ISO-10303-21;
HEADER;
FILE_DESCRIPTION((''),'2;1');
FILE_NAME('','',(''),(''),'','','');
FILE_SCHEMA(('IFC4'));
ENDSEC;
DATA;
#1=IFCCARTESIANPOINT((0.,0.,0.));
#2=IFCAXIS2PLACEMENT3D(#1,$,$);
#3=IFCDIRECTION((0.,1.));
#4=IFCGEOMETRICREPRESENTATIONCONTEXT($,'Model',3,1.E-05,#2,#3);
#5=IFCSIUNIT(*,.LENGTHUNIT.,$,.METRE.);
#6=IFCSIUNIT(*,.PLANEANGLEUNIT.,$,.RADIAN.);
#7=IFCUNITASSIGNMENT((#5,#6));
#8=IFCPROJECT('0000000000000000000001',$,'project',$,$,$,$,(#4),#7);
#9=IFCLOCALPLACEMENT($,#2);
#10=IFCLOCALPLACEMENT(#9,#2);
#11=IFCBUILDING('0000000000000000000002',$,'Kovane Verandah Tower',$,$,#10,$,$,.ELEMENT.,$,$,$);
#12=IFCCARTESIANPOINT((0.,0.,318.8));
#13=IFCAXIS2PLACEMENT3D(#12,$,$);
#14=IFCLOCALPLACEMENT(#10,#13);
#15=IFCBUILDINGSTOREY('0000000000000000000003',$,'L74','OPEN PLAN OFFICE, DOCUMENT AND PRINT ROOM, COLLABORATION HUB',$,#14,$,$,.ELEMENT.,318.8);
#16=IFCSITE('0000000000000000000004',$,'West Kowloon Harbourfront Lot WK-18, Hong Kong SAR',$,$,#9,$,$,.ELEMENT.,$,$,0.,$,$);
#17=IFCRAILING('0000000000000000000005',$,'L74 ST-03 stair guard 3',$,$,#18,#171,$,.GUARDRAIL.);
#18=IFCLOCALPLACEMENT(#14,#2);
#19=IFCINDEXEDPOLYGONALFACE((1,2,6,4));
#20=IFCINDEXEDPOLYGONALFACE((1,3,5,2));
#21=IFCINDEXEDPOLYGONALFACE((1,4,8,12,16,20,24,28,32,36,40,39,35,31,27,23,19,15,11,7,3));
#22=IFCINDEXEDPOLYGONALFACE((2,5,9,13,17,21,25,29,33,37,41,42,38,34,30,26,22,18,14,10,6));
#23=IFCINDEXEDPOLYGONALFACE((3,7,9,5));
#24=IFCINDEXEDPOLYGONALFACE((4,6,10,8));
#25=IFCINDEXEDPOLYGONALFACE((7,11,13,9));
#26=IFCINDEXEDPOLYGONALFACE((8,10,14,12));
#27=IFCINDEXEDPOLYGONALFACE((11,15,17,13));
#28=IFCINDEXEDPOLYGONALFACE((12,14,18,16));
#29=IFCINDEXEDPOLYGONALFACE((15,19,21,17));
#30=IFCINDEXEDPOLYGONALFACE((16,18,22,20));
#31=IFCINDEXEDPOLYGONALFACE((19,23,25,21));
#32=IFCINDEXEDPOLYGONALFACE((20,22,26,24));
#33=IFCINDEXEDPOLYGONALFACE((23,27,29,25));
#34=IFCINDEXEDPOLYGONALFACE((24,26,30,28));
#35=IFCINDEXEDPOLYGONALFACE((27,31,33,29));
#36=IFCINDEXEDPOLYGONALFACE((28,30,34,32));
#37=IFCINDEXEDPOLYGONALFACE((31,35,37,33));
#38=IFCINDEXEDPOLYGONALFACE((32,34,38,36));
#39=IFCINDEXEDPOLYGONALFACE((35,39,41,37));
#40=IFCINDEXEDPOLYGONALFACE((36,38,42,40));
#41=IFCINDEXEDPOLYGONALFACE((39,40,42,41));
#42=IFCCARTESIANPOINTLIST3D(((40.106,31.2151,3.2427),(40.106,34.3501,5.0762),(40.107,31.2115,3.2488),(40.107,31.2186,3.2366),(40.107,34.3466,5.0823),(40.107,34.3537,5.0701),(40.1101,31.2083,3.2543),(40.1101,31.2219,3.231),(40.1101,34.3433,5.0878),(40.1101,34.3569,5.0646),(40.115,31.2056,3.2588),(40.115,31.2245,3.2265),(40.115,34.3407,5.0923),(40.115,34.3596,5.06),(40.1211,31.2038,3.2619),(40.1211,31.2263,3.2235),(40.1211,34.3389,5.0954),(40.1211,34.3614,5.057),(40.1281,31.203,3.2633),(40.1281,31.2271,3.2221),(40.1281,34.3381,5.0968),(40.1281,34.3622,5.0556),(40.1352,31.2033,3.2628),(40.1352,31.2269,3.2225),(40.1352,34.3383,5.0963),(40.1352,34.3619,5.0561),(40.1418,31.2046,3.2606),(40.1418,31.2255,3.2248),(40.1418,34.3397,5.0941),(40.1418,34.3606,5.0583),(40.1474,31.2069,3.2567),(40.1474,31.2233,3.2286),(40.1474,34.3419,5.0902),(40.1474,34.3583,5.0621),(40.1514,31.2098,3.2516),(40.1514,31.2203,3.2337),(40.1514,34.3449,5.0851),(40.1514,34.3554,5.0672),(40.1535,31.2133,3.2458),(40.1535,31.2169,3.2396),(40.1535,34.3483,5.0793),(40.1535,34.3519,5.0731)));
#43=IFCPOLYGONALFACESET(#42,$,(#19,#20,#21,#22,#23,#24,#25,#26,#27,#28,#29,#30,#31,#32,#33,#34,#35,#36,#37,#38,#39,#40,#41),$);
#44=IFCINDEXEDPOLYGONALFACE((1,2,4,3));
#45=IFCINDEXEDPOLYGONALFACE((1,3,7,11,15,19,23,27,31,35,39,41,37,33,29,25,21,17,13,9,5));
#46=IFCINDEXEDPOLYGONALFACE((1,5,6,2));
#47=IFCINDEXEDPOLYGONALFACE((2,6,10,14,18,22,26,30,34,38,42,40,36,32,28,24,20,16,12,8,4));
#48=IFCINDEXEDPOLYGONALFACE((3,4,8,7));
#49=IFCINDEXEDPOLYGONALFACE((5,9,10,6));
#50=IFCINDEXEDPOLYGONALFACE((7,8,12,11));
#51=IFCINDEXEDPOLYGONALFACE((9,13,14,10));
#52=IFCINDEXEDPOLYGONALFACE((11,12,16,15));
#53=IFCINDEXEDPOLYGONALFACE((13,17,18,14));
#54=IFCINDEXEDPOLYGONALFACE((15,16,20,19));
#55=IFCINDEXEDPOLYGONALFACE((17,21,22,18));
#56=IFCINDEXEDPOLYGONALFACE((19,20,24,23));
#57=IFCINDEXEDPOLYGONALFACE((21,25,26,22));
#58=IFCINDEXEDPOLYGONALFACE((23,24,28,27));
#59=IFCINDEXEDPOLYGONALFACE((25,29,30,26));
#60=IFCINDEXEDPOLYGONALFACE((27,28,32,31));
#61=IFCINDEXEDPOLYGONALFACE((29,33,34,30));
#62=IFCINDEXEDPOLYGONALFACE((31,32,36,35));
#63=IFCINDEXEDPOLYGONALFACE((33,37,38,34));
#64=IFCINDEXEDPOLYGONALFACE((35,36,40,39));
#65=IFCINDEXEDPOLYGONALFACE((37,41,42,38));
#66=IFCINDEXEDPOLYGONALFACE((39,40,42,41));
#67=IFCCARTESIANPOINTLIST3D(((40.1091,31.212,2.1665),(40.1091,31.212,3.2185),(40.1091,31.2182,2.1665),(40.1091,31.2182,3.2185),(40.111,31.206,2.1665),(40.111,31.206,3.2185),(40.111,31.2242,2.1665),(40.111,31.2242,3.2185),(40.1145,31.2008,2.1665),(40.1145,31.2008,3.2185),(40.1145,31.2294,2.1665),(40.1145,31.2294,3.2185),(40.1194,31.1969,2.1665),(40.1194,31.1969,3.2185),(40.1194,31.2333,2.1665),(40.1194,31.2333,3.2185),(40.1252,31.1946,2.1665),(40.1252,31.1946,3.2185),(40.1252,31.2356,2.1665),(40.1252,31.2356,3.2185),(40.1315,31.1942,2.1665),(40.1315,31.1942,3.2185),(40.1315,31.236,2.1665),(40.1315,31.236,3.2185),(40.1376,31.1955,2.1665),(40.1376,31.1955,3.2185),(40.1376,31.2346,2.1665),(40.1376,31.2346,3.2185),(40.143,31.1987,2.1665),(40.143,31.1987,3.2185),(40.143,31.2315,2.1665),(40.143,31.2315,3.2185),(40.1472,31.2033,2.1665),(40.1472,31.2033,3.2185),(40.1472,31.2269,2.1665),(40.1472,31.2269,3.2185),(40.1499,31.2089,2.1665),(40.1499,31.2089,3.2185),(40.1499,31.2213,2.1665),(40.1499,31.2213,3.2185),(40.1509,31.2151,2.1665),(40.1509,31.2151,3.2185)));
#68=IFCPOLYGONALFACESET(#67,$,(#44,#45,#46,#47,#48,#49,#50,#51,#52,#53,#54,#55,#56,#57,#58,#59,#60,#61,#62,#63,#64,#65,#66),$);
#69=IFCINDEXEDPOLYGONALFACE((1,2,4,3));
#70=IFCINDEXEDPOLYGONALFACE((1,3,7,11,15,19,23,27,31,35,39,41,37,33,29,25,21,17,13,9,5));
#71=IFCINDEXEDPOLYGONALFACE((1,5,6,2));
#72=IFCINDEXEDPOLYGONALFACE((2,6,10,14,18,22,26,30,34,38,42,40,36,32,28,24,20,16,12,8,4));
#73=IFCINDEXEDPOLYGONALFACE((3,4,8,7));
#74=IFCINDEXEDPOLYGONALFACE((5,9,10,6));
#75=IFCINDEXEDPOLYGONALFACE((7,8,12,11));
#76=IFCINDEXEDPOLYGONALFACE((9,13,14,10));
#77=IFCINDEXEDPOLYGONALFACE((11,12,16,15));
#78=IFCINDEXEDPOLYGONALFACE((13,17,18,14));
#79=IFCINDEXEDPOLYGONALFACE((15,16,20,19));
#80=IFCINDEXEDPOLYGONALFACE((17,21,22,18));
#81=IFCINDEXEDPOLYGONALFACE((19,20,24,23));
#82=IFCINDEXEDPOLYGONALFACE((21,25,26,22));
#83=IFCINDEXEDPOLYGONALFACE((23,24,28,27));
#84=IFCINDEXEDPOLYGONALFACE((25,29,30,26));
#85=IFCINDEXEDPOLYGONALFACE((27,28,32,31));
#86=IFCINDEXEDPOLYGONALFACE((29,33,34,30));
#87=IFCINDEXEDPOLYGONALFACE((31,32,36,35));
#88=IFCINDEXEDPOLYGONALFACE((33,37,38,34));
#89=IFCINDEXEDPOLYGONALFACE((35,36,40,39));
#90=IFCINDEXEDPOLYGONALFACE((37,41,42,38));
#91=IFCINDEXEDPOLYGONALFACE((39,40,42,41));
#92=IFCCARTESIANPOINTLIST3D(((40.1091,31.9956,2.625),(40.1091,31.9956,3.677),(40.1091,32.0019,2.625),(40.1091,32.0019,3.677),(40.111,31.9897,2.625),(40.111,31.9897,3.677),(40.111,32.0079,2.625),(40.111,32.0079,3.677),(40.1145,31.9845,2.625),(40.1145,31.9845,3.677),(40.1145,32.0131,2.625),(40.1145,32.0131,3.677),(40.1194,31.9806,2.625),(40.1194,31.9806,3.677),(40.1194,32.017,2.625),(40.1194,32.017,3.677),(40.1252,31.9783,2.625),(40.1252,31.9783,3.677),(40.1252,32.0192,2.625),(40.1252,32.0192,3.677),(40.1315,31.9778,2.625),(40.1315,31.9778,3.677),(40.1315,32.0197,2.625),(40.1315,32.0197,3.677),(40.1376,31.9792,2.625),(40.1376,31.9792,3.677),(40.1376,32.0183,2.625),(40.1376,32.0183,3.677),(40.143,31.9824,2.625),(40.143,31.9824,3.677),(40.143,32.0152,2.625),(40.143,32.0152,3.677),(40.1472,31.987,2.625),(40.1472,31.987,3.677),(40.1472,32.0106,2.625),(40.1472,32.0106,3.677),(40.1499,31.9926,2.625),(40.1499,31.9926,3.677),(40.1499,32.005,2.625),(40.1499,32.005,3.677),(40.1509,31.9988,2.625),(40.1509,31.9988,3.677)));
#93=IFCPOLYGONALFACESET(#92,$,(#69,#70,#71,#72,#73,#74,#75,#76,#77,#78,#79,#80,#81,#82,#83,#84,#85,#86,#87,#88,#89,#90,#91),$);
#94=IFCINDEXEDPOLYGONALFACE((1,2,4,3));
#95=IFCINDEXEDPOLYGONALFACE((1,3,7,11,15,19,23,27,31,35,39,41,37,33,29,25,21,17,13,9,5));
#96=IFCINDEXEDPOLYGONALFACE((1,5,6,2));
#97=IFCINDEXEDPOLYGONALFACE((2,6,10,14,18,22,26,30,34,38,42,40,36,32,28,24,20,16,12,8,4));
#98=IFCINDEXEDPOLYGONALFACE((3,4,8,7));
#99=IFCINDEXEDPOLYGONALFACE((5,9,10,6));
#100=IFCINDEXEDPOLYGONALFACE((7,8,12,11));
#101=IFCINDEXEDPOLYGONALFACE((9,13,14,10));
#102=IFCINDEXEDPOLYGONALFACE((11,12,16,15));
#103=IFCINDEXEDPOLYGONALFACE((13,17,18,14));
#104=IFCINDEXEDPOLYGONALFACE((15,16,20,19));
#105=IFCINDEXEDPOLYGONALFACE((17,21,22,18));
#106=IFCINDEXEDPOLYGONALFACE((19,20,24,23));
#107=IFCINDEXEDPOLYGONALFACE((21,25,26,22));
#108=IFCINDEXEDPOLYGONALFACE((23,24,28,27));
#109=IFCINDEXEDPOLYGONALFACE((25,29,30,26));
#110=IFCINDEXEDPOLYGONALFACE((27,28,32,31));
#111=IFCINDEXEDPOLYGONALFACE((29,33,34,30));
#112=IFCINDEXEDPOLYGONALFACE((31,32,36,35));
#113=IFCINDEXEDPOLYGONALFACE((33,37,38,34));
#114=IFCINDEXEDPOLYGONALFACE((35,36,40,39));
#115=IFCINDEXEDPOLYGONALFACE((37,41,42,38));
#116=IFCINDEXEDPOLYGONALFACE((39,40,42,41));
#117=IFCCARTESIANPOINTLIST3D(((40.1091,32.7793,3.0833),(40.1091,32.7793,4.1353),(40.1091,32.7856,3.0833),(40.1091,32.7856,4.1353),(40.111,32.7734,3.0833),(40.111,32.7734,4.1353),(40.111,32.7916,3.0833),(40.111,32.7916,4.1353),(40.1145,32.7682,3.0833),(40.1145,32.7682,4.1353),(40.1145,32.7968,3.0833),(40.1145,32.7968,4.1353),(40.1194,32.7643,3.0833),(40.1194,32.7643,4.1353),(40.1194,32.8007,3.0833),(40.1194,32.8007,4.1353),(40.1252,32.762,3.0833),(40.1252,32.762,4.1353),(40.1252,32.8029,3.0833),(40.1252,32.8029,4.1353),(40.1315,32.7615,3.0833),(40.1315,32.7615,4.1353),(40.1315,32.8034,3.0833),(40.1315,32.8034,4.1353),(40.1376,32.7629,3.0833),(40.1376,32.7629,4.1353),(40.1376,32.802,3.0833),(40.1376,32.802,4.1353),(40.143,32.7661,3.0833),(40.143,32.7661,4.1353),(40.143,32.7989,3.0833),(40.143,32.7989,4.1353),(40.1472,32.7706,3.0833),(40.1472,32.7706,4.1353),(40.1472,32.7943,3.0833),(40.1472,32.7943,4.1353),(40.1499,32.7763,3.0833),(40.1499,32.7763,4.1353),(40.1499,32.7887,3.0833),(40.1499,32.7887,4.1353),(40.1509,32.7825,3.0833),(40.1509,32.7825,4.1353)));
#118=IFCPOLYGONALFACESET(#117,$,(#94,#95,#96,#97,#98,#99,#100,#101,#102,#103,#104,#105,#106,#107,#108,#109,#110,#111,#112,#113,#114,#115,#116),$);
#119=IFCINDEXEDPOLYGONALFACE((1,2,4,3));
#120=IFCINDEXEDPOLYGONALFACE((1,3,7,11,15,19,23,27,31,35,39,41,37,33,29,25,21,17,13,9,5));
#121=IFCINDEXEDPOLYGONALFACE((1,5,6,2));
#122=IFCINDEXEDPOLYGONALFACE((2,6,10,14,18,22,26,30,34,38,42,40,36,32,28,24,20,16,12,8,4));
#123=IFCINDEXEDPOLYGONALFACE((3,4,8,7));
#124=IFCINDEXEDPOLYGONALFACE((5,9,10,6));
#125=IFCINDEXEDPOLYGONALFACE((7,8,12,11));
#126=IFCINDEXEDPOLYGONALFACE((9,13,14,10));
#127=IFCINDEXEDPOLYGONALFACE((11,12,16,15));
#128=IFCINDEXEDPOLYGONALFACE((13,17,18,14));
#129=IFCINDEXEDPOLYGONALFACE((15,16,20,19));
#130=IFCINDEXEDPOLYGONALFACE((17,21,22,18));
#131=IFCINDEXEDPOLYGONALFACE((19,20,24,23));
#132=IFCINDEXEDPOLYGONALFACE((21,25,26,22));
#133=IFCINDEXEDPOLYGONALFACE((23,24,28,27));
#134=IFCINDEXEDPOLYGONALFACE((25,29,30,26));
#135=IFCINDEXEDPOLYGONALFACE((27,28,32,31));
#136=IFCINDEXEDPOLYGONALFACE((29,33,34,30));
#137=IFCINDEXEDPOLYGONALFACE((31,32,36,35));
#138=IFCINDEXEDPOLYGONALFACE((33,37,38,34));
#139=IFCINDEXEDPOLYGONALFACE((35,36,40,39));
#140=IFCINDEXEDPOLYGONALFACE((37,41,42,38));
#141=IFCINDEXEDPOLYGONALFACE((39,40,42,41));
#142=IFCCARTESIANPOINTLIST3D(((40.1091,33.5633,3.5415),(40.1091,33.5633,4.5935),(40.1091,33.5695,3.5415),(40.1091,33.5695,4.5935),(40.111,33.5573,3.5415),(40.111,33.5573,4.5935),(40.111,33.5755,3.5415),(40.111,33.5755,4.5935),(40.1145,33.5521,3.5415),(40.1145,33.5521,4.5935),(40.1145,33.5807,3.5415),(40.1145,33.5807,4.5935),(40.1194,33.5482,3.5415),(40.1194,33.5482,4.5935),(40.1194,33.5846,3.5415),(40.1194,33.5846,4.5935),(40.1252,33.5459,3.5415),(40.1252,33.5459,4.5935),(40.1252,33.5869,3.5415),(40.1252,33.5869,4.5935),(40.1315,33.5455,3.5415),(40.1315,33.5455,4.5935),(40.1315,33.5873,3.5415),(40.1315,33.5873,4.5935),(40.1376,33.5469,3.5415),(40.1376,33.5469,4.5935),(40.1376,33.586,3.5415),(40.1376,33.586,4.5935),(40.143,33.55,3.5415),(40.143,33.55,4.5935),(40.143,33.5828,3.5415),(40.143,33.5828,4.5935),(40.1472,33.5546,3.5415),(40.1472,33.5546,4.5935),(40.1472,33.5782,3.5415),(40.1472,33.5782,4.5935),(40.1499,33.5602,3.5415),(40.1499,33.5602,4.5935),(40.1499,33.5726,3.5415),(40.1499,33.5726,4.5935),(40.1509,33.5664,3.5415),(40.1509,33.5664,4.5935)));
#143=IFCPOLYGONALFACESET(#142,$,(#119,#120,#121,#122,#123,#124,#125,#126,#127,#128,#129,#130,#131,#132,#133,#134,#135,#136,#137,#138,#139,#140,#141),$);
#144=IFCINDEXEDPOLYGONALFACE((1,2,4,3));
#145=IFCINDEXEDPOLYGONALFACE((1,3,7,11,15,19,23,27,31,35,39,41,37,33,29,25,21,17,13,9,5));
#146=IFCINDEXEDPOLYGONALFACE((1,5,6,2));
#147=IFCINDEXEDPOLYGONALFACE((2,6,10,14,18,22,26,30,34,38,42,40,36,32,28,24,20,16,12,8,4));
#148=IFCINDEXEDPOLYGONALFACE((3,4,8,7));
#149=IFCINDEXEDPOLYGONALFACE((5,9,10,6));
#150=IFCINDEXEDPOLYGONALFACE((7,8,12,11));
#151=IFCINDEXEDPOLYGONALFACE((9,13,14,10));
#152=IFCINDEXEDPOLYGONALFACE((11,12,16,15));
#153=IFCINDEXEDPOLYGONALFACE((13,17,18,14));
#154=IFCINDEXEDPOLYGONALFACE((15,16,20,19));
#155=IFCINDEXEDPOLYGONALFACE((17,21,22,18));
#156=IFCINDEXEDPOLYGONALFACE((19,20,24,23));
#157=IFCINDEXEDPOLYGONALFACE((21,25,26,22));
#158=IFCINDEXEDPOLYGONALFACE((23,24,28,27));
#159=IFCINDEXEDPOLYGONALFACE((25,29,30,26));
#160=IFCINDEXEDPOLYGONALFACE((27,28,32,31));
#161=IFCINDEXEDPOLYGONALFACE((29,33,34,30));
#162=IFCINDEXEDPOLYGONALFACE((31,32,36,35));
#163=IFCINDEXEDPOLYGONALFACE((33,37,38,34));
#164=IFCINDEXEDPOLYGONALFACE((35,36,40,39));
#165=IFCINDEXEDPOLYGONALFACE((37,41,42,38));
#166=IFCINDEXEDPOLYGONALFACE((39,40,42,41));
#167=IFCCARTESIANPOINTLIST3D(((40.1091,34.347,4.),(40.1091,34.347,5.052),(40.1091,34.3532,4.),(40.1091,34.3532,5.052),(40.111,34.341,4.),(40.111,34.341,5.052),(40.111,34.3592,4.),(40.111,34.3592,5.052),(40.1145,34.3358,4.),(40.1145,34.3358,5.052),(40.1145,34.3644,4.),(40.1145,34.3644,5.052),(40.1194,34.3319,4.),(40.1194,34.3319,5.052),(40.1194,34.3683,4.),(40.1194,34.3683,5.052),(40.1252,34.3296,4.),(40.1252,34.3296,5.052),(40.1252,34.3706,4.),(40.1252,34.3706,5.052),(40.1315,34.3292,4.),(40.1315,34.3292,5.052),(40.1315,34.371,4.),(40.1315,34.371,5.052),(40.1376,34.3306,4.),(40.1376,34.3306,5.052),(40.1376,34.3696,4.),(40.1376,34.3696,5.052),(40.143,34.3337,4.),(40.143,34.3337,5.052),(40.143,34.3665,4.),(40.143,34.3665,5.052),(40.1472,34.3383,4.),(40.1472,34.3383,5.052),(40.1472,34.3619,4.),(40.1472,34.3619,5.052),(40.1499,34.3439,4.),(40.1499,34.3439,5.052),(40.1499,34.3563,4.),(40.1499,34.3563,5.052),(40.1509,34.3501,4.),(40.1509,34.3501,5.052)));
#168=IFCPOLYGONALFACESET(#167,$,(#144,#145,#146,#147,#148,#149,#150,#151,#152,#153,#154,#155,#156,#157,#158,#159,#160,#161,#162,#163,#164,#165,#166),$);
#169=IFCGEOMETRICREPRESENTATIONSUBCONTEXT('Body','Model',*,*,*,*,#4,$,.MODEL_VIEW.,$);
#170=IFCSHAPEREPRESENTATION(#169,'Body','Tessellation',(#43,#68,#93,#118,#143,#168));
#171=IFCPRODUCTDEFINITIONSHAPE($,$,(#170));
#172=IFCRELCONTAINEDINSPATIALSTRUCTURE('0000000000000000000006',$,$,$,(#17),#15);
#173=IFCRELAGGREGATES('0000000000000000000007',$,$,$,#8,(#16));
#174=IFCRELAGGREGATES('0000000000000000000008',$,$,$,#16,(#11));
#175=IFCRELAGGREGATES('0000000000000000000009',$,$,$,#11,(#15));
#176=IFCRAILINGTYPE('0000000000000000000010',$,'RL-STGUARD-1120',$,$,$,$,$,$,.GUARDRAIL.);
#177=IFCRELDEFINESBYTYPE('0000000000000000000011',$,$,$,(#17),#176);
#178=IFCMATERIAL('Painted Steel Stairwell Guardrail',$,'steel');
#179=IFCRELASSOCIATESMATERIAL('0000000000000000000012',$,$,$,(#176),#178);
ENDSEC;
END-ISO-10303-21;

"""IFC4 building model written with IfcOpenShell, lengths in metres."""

from ifc_helpers import new_model, si_unit, direction, frame, origin, origin_2d, place, context, subcontext, project, spatial, circle, extrude, material, type_object, element, save


model = new_model("IFC4")

# Units and contexts
model_context = context("Model", 3, precision=1e-05, world=origin(), true_north=direction((0.0, 1.0)))
body_context = subcontext(model_context, "Body", "Model", "MODEL_VIEW")
ifc_project = project(units=[si_unit("LENGTHUNIT", "METRE"), si_unit("PLANEANGLEUNIT", "RADIAN")], contexts=[model_context])

# Site, building, storey
site_placement = place(None, origin())
site = spatial("IfcSite", under=ifc_project, at=site_placement, Name="West Kowloon Harbourfront Lot WK-18, Hong Kong SAR", CompositionType="ELEMENT", RefElevation=0.0)
building_placement = place(site_placement, origin())
building = spatial("IfcBuilding", under=site, at=building_placement, Name="Kovane Verandah Tower", CompositionType="ELEMENT")
storey_placement = place(building_placement, frame((0.0, 0.0, 318.8)))
storey = spatial("IfcBuildingStorey", under=building, at=storey_placement, Name="L74", Description="OPEN PLAN OFFICE, DOCUMENT AND PRINT ROOM, COLLABORATION HUB", CompositionType="ELEMENT", Elevation=318.8)

# Railing
ifc_material_1 = material(Name="Painted Steel Stairwell Guardrail", Category="steel")
railing_type_1 = type_object("IfcRailingType", Name="RL-STGUARD-1120", PredefinedType="GUARDRAIL", material=ifc_material_1)
railing_1_placement = place(storey_placement, frame((40.1299, 31.2151, 2.1665)))
element("IfcRailing", 1, at=railing_1_placement, inside=storey, type_object=railing_type_1, Name="L74 ST-03 stair guard 3", PredefinedType="GUARDRAIL", context=body_context, shape_type="SweptSolid", body=[
    extrude(circle(Radius=0.0239, at=origin_2d()), frame((0.0, 0.0, 1.0762), z_axis=(0.0, 0.86321, 0.504845), x_axis=(-1.0, 0.0, 0.0)), (0.0, 0.0, 1.0), 3.6318),
    extrude(circle(Radius=0.021, at=origin_2d()), origin(), (0.0, 0.0, 1.0), 1.052),
    extrude(circle(Radius=0.021, at=origin_2d()), frame((0.0, 0.7837, 0.4585)), (0.0, 0.0, 1.0), 1.052),
    extrude(circle(Radius=0.021, at=origin_2d()), frame((0.0, 1.5674, 0.9167)), (0.0, 0.0, 1.0), 1.052),
    extrude(circle(Radius=0.021, at=origin_2d()), frame((0.0, 2.3513, 1.375)), (0.0, 0.0, 1.0), 1.052),
    extrude(circle(Radius=0.021, at=origin_2d()), frame((0.0, 3.135, 1.8335)), (0.0, 0.0, 1.0), 1.052),
])

save(model, "model.ifc")
